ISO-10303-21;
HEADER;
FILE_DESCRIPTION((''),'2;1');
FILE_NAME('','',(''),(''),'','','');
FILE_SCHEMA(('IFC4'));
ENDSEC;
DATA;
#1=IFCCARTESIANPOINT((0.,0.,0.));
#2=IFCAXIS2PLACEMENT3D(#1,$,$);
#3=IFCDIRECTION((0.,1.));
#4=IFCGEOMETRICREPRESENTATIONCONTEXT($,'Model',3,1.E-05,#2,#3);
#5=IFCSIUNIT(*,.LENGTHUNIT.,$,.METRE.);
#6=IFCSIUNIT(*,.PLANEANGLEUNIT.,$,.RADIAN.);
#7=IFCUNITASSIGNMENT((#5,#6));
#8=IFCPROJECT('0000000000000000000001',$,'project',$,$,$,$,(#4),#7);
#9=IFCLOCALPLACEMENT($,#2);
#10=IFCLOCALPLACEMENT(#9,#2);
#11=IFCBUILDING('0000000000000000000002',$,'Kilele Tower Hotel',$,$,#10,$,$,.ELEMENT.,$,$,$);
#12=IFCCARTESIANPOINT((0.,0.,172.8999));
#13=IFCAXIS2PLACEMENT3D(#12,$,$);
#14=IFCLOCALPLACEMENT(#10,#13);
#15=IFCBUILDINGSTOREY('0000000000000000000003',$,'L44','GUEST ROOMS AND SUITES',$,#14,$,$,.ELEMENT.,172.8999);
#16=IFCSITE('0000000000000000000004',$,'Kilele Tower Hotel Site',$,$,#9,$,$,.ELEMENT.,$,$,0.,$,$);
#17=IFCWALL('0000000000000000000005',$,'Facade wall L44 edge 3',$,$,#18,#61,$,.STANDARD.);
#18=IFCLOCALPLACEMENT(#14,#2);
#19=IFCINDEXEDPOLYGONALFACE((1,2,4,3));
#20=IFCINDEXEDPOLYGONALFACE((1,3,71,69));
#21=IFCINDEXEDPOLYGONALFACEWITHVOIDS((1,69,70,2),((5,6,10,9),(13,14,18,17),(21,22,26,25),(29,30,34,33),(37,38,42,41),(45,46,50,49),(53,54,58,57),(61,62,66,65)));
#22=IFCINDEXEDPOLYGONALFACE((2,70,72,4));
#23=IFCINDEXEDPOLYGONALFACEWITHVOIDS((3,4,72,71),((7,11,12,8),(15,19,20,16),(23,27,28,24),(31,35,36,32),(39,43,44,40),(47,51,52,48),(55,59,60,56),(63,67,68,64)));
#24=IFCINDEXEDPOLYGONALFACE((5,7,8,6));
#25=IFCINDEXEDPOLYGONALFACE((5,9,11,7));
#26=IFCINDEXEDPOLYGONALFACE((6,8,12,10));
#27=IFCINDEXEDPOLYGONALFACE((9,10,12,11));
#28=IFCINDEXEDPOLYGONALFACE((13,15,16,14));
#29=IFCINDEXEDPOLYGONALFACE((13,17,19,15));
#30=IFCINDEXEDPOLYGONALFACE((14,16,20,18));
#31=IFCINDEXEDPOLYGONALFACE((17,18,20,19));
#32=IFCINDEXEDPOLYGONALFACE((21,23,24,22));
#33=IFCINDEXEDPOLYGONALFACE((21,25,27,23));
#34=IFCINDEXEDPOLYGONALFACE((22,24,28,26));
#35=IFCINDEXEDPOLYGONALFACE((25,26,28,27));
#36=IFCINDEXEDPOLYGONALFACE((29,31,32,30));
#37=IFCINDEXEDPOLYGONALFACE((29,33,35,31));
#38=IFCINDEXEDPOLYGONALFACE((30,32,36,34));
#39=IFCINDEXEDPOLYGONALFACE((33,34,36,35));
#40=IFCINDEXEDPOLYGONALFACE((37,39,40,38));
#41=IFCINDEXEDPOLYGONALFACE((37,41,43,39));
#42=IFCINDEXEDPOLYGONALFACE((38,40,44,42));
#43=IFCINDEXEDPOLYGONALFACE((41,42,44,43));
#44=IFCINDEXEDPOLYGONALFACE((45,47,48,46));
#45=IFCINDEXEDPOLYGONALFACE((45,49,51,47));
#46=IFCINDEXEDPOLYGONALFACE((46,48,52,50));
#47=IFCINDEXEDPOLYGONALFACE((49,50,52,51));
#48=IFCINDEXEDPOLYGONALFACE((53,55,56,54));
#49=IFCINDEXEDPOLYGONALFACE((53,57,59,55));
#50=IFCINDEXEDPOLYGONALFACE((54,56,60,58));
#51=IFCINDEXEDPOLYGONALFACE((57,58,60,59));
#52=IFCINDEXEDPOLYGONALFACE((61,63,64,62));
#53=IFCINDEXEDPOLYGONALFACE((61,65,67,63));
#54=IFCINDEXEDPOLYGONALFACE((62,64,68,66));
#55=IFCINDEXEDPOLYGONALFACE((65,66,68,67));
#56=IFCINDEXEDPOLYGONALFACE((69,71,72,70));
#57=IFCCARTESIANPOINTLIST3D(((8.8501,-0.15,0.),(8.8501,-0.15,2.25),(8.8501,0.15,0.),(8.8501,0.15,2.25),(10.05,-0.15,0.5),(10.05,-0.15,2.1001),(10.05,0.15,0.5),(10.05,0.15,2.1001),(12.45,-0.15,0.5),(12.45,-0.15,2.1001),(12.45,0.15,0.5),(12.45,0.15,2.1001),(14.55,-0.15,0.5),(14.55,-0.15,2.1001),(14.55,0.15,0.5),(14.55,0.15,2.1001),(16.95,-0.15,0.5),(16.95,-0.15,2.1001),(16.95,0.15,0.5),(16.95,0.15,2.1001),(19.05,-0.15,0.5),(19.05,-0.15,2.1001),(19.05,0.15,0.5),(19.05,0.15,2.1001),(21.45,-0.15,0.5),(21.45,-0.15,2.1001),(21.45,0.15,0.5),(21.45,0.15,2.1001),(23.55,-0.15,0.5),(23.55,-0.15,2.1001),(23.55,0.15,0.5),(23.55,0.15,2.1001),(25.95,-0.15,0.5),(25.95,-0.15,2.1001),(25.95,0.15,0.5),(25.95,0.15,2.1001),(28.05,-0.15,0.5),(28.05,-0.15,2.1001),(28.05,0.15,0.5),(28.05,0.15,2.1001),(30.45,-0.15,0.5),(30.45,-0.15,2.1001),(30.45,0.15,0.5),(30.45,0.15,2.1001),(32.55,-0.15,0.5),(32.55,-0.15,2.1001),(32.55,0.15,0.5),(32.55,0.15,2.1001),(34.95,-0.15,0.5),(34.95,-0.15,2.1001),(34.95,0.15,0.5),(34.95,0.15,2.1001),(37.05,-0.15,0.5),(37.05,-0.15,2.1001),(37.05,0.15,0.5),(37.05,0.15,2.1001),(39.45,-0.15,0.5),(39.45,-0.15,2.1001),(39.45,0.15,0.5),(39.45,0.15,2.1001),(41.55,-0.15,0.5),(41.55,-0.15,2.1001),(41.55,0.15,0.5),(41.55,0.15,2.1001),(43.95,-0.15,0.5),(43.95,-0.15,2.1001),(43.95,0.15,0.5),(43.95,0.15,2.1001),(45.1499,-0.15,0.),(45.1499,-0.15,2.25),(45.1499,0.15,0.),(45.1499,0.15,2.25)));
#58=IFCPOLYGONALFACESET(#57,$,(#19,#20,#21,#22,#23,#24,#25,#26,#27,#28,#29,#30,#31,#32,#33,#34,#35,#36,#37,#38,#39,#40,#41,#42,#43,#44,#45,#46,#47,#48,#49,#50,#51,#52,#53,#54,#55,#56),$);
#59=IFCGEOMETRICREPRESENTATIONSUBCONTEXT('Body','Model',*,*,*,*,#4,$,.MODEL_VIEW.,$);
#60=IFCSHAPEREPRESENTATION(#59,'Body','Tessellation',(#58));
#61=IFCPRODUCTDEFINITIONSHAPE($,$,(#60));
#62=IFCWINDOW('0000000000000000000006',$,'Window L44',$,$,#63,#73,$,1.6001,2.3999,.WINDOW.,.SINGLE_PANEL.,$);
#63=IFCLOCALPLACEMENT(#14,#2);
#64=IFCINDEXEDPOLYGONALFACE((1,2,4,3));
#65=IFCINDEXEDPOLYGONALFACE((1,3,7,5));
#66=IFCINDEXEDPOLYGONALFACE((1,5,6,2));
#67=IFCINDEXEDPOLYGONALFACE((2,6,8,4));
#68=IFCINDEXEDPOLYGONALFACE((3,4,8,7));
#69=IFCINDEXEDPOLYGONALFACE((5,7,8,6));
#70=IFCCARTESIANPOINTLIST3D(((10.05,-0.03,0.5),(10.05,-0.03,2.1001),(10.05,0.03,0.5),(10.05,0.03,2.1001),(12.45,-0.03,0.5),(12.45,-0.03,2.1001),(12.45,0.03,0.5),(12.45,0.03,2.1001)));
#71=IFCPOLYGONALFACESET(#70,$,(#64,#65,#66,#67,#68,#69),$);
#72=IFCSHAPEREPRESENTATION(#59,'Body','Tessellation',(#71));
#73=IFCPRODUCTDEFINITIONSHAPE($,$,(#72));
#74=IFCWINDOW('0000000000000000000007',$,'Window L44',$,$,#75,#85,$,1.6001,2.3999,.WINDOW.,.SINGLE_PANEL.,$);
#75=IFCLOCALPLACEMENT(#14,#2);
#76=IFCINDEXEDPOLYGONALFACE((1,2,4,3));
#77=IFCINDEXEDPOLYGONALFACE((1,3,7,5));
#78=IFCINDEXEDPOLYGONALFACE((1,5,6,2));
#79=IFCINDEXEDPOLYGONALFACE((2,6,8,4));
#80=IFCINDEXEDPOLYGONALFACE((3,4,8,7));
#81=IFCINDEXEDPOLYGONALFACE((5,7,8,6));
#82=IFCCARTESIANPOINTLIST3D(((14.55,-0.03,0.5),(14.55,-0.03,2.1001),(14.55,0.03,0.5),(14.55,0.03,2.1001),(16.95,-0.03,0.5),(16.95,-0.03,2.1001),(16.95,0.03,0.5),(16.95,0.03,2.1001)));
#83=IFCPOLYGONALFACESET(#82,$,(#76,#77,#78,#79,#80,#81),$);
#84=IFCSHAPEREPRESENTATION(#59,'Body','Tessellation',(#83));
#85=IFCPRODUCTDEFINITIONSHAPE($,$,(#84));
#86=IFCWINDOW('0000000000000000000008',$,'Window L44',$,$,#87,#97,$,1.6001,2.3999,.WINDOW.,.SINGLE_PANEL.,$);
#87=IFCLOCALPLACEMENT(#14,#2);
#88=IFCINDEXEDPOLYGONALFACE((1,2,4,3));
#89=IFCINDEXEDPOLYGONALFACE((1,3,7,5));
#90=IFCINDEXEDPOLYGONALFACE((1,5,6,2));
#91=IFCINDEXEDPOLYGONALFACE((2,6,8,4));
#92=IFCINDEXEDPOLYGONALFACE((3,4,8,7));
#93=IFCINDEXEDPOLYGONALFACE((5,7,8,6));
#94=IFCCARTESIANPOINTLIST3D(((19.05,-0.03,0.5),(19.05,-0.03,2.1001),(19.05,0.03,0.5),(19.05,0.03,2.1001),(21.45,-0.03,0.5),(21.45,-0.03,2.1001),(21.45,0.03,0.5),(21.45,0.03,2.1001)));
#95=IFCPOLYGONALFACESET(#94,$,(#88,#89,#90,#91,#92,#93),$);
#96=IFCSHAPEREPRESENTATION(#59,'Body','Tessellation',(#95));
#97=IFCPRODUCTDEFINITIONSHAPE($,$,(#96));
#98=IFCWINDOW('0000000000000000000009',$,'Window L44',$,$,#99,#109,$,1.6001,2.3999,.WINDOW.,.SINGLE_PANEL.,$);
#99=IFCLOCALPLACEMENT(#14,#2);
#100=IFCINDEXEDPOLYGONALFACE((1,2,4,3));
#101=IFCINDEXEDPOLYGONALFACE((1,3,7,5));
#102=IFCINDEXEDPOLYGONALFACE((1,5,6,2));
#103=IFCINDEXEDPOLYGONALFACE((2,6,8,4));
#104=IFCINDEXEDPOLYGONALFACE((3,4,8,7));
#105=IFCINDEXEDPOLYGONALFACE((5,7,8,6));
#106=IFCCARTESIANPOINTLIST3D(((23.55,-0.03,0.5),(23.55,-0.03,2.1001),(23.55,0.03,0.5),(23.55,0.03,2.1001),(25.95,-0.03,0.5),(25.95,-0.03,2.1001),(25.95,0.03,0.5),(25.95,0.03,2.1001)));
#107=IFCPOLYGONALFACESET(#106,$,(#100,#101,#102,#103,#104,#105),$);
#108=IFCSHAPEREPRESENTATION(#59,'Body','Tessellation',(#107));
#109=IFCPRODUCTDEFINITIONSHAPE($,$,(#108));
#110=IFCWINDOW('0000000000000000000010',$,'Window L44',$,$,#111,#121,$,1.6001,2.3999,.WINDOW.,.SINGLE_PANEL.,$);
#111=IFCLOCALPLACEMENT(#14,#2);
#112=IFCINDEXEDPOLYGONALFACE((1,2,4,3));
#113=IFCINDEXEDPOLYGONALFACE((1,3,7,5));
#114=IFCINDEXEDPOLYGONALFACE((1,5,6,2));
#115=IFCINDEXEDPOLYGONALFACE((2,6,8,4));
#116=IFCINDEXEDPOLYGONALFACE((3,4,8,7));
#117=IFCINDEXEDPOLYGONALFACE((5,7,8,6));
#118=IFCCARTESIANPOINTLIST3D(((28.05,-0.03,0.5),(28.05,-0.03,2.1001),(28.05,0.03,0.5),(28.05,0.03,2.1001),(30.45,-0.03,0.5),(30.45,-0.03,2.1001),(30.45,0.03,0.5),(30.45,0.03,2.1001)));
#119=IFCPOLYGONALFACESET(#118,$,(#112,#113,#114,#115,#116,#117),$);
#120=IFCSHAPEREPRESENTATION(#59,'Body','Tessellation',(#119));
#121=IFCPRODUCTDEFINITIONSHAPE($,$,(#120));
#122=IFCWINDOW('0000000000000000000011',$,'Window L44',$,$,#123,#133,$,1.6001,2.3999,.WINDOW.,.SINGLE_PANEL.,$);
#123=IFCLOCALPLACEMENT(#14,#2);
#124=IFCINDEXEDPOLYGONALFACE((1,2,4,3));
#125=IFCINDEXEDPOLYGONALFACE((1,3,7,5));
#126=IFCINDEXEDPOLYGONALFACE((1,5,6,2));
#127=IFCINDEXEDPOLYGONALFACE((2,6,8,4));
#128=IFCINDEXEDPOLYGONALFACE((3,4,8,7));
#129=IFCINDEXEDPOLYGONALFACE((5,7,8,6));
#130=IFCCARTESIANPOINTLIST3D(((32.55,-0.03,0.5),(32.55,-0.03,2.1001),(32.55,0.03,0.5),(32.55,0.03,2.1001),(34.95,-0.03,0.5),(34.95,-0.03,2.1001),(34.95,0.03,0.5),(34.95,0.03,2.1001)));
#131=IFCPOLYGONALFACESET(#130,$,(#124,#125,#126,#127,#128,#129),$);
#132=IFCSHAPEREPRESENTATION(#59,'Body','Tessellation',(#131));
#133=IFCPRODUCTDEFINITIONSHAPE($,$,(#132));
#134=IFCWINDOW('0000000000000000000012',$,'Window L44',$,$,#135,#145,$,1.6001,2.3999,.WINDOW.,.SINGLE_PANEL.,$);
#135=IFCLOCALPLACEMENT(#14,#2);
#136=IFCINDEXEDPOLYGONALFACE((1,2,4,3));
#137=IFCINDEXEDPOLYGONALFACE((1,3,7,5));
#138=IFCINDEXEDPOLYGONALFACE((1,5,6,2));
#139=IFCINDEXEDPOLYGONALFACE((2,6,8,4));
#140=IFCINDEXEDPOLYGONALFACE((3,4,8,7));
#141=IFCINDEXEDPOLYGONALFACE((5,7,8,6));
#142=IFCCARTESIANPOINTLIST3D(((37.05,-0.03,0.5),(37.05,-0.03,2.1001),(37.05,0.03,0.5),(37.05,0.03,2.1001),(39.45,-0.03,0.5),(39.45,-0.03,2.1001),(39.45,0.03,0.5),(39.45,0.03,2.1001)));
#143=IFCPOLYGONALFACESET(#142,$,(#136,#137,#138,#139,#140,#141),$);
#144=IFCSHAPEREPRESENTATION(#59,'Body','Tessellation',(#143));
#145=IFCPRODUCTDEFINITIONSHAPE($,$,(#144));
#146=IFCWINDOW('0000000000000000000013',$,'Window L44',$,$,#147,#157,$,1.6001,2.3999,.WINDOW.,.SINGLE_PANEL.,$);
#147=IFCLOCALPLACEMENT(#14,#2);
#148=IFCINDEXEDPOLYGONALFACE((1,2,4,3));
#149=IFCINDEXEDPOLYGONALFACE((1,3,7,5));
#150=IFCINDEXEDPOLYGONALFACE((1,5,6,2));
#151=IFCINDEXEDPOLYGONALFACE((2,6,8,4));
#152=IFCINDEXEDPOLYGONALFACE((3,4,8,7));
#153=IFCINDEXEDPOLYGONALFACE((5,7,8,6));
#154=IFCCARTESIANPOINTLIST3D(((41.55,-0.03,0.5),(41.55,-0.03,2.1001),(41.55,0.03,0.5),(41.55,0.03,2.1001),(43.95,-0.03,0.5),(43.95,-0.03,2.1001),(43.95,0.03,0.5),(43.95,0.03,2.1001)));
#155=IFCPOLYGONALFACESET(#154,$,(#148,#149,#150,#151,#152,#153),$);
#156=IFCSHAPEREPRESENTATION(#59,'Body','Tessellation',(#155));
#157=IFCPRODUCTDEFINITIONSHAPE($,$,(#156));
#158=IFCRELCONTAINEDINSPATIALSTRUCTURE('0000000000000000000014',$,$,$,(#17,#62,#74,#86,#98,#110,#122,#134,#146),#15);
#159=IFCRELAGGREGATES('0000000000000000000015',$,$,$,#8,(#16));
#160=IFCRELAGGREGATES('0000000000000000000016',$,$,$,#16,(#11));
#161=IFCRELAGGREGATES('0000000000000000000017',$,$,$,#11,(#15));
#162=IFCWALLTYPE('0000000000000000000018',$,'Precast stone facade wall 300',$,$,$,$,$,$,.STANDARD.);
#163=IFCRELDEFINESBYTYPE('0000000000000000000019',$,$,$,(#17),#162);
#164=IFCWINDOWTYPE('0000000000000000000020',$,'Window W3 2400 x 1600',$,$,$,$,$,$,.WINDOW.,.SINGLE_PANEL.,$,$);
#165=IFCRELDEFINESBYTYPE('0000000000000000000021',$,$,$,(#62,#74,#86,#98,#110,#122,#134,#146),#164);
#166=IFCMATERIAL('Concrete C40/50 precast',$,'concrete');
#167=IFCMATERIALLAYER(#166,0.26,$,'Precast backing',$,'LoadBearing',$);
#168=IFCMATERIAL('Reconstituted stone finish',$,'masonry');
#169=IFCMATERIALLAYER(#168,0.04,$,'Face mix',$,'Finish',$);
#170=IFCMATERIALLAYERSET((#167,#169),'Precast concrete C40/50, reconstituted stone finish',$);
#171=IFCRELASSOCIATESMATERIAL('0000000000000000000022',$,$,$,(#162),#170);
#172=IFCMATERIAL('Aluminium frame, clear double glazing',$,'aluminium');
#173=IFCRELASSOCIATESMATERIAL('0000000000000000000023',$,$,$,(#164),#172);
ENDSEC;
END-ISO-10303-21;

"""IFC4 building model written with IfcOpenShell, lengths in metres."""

from ifc_helpers import new_model, si_unit, direction, frame, frame_2d, origin, place, context, subcontext, project, spatial, rectangle, extrude, material, layer, layer_set, type_object, element, fill, save


model = new_model("IFC4")

# Units and contexts
model_context = context("Model", 3, precision=1e-05, world=origin(), true_north=direction((0.0, 1.0)))
body_context = subcontext(model_context, "Body", "Model", "MODEL_VIEW")
ifc_project = project(units=[si_unit("LENGTHUNIT", "METRE"), si_unit("PLANEANGLEUNIT", "RADIAN")], contexts=[model_context])

# Site, building, storey
site_placement = place(None, origin())
site = spatial("IfcSite", under=ifc_project, at=site_placement, Name="Kilele Tower Hotel Site", CompositionType="ELEMENT", RefElevation=0.0)
building_placement = place(site_placement, origin())
building = spatial("IfcBuilding", under=site, at=building_placement, Name="Kilele Tower Hotel", CompositionType="ELEMENT")
storey_placement = place(building_placement, frame((0.0, 0.0, 172.8999)))
storey = spatial("IfcBuildingStorey", under=building, at=storey_placement, Name="L44", Description="GUEST ROOMS AND SUITES", CompositionType="ELEMENT", Elevation=172.8999)

# Wall, openings, windows
ifc_material_1 = material(Name="Concrete C40/50 precast", Category="concrete")
ifc_layer_1 = layer(ifc_material_1, 0.26, Name="Precast backing", Category="LoadBearing")
ifc_material_2 = material(Name="Reconstituted stone finish", Category="masonry")
ifc_layer_2 = layer(ifc_material_2, 0.04, Name="Face mix", Category="Finish")
ifc_layer_set_1 = layer_set([ifc_layer_1, ifc_layer_2], Name="Precast concrete C40/50, reconstituted stone finish")
wall_type_1 = type_object("IfcWallType", Name="Precast stone facade wall 300", PredefinedType="STANDARD", material=ifc_layer_set_1)
wall_1_placement = place(storey_placement, frame((8.8501, 0.0, 0.0), z_axis=(0.0, 0.0, 1.0), x_axis=(1.0, 0.0, 0.0)))
wall_1 = element("IfcWall", 1, at=wall_1_placement, inside=storey, type_object=wall_type_1, Name="Facade wall L44 edge 3", PredefinedType="STANDARD", context=body_context, shape_type="SweptSolid", body=[
    extrude(rectangle(XDim=36.2998, YDim=0.3, at=frame_2d((18.1499, 0.0))), origin(), (0.0, 0.0, 1.0), 2.25),
])
opening_1_placement = place(wall_1_placement, frame((1.2, 0.0, 0.5)))
opening_1 = element("IfcOpeningElement", 2, at=opening_1_placement, cuts=wall_1, PredefinedType="OPENING", context=body_context, shape_type="SweptSolid", body=[
    extrude(rectangle(XDim=2.3999, YDim=1.6001, at=frame_2d((1.2, 0.8))), frame((0.0, 0.1599, 0.0), z_axis=(0.0, -1.0, 0.0), x_axis=(1.0, 0.0, 0.0)), (0.0, 0.0, 1.0), 0.3201),
])
opening_2_placement = place(wall_1_placement, frame((5.7, 0.0, 0.5)))
opening_2 = element("IfcOpeningElement", 3, at=opening_2_placement, cuts=wall_1, PredefinedType="OPENING", context=body_context, shape_type="SweptSolid", body=[
    extrude(rectangle(XDim=2.3999, YDim=1.6001, at=frame_2d((1.2, 0.8))), frame((0.0, 0.1599, 0.0), z_axis=(0.0, -1.0, 0.0), x_axis=(1.0, 0.0, 0.0)), (0.0, 0.0, 1.0), 0.3201),
])
opening_3_placement = place(wall_1_placement, frame((10.2, 0.0, 0.5)))
opening_3 = element("IfcOpeningElement", 4, at=opening_3_placement, cuts=wall_1, PredefinedType="OPENING", context=body_context, shape_type="SweptSolid", body=[
    extrude(rectangle(XDim=2.3999, YDim=1.6001, at=frame_2d((1.2, 0.8))), frame((0.0, 0.1599, 0.0), z_axis=(0.0, -1.0, 0.0), x_axis=(1.0, 0.0, 0.0)), (0.0, 0.0, 1.0), 0.3201),
])
opening_4_placement = place(wall_1_placement, frame((14.7, 0.0, 0.5)))
opening_4 = element("IfcOpeningElement", 5, at=opening_4_placement, cuts=wall_1, PredefinedType="OPENING", context=body_context, shape_type="SweptSolid", body=[
    extrude(rectangle(XDim=2.3999, YDim=1.6001, at=frame_2d((1.2, 0.8))), frame((0.0, 0.1599, 0.0), z_axis=(0.0, -1.0, 0.0), x_axis=(1.0, 0.0, 0.0)), (0.0, 0.0, 1.0), 0.3201),
])
opening_5_placement = place(wall_1_placement, frame((19.2, 0.0, 0.5)))
opening_5 = element("IfcOpeningElement", 6, at=opening_5_placement, cuts=wall_1, PredefinedType="OPENING", context=body_context, shape_type="SweptSolid", body=[
    extrude(rectangle(XDim=2.3999, YDim=1.6001, at=frame_2d((1.2, 0.8))), frame((0.0, 0.1599, 0.0), z_axis=(0.0, -1.0, 0.0), x_axis=(1.0, 0.0, 0.0)), (0.0, 0.0, 1.0), 0.3201),
])
opening_6_placement = place(wall_1_placement, frame((23.7, 0.0, 0.5)))
opening_6 = element("IfcOpeningElement", 7, at=opening_6_placement, cuts=wall_1, PredefinedType="OPENING", context=body_context, shape_type="SweptSolid", body=[
    extrude(rectangle(XDim=2.3999, YDim=1.6001, at=frame_2d((1.2, 0.8))), frame((0.0, 0.1599, 0.0), z_axis=(0.0, -1.0, 0.0), x_axis=(1.0, 0.0, 0.0)), (0.0, 0.0, 1.0), 0.3201),
])
opening_7_placement = place(wall_1_placement, frame((28.2, 0.0, 0.5)))
opening_7 = element("IfcOpeningElement", 8, at=opening_7_placement, cuts=wall_1, PredefinedType="OPENING", context=body_context, shape_type="SweptSolid", body=[
    extrude(rectangle(XDim=2.3999, YDim=1.6001, at=frame_2d((1.2, 0.8))), frame((0.0, 0.1599, 0.0), z_axis=(0.0, -1.0, 0.0), x_axis=(1.0, 0.0, 0.0)), (0.0, 0.0, 1.0), 0.3201),
])
opening_8_placement = place(wall_1_placement, frame((32.7, 0.0, 0.5)))
opening_8 = element("IfcOpeningElement", 9, at=opening_8_placement, cuts=wall_1, PredefinedType="OPENING", context=body_context, shape_type="SweptSolid", body=[
    extrude(rectangle(XDim=2.3999, YDim=1.6001, at=frame_2d((1.2, 0.8))), frame((0.0, 0.1599, 0.0), z_axis=(0.0, -1.0, 0.0), x_axis=(1.0, 0.0, 0.0)), (0.0, 0.0, 1.0), 0.3201),
])
ifc_material_3 = material(Name="Aluminium frame, clear double glazing", Category="aluminium")
window_type = type_object("IfcWindowType", Name="Window W3 2400 x 1600", PartitioningType="SINGLE_PANEL", PredefinedType="WINDOW", material=ifc_material_3)
window_1_placement = place(opening_1_placement, origin())
window_1 = element("IfcWindow", 10, at=window_1_placement, inside=storey, type_object=window_type, Name="Window L44", OverallHeight=1.6001, OverallWidth=2.3999, PartitioningType="SINGLE_PANEL", PredefinedType="WINDOW", context=body_context, shape_type="SweptSolid", body=[
    extrude(rectangle(XDim=2.3999, YDim=1.6001, at=frame_2d((1.2, 0.8))), frame((0.0, 0.03, 0.0), z_axis=(0.0, -1.0, 0.0), x_axis=(1.0, 0.0, 0.0)), (0.0, 0.0, 1.0), 0.0601),
])
fill(opening_1, window_1)
window_2_placement = place(opening_2_placement, origin())
window_2 = element("IfcWindow", 11, at=window_2_placement, inside=storey, type_object=window_type, Name="Window L44", OverallHeight=1.6001, OverallWidth=2.3999, PartitioningType="SINGLE_PANEL", PredefinedType="WINDOW", context=body_context, shape_type="SweptSolid", body=[
    extrude(rectangle(XDim=2.3999, YDim=1.6001, at=frame_2d((1.2, 0.8))), frame((0.0, 0.03, 0.0), z_axis=(0.0, -1.0, 0.0), x_axis=(1.0, 0.0, 0.0)), (0.0, 0.0, 1.0), 0.0601),
])
fill(opening_2, window_2)
window_3_placement = place(opening_3_placement, origin())
window_3 = element("IfcWindow", 12, at=window_3_placement, inside=storey, type_object=window_type, Name="Window L44", OverallHeight=1.6001, OverallWidth=2.3999, PartitioningType="SINGLE_PANEL", PredefinedType="WINDOW", context=body_context, shape_type="SweptSolid", body=[
    extrude(rectangle(XDim=2.3999, YDim=1.6001, at=frame_2d((1.2, 0.8))), frame((0.0, 0.03, 0.0), z_axis=(0.0, -1.0, 0.0), x_axis=(1.0, 0.0, 0.0)), (0.0, 0.0, 1.0), 0.0601),
])
fill(opening_3, window_3)
window_4_placement = place(opening_4_placement, origin())
window_4 = element("IfcWindow", 13, at=window_4_placement, inside=storey, type_object=window_type, Name="Window L44", OverallHeight=1.6001, OverallWidth=2.3999, PartitioningType="SINGLE_PANEL", PredefinedType="WINDOW", context=body_context, shape_type="SweptSolid", body=[
    extrude(rectangle(XDim=2.3999, YDim=1.6001, at=frame_2d((1.2, 0.8))), frame((0.0, 0.03, 0.0), z_axis=(0.0, -1.0, 0.0), x_axis=(1.0, 0.0, 0.0)), (0.0, 0.0, 1.0), 0.0601),
])
fill(opening_4, window_4)
window_5_placement = place(opening_5_placement, origin())
window_5 = element("IfcWindow", 14, at=window_5_placement, inside=storey, type_object=window_type, Name="Window L44", OverallHeight=1.6001, OverallWidth=2.3999, PartitioningType="SINGLE_PANEL", PredefinedType="WINDOW", context=body_context, shape_type="SweptSolid", body=[
    extrude(rectangle(XDim=2.3999, YDim=1.6001, at=frame_2d((1.2, 0.8))), frame((0.0, 0.03, 0.0), z_axis=(0.0, -1.0, 0.0), x_axis=(1.0, 0.0, 0.0)), (0.0, 0.0, 1.0), 0.0601),
])
fill(opening_5, window_5)
window_6_placement = place(opening_6_placement, origin())
window_6 = element("IfcWindow", 15, at=window_6_placement, inside=storey, type_object=window_type, Name="Window L44", OverallHeight=1.6001, OverallWidth=2.3999, PartitioningType="SINGLE_PANEL", PredefinedType="WINDOW", context=body_context, shape_type="SweptSolid", body=[
    extrude(rectangle(XDim=2.3999, YDim=1.6001, at=frame_2d((1.2, 0.8))), frame((0.0, 0.03, 0.0), z_axis=(0.0, -1.0, 0.0), x_axis=(1.0, 0.0, 0.0)), (0.0, 0.0, 1.0), 0.0601),
])
fill(opening_6, window_6)
window_7_placement = place(opening_7_placement, origin())
window_7 = element("IfcWindow", 16, at=window_7_placement, inside=storey, type_object=window_type, Name="Window L44", OverallHeight=1.6001, OverallWidth=2.3999, PartitioningType="SINGLE_PANEL", PredefinedType="WINDOW", context=body_context, shape_type="SweptSolid", body=[
    extrude(rectangle(XDim=2.3999, YDim=1.6001, at=frame_2d((1.2, 0.8))), frame((0.0, 0.03, 0.0), z_axis=(0.0, -1.0, 0.0), x_axis=(1.0, 0.0, 0.0)), (0.0, 0.0, 1.0), 0.0601),
])
fill(opening_7, window_7)
window_8_placement = place(opening_8_placement, origin())
window_8 = element("IfcWindow", 17, at=window_8_placement, inside=storey, type_object=window_type, Name="Window L44", OverallHeight=1.6001, OverallWidth=2.3999, PartitioningType="SINGLE_PANEL", PredefinedType="WINDOW", context=body_context, shape_type="SweptSolid", body=[
    extrude(rectangle(XDim=2.3999, YDim=1.6001, at=frame_2d((1.2, 0.8))), frame((0.0, 0.03, 0.0), z_axis=(0.0, -1.0, 0.0), x_axis=(1.0, 0.0, 0.0)), (0.0, 0.0, 1.0), 0.0601),
])
fill(opening_8, window_8)

save(model, "model.ifc")
